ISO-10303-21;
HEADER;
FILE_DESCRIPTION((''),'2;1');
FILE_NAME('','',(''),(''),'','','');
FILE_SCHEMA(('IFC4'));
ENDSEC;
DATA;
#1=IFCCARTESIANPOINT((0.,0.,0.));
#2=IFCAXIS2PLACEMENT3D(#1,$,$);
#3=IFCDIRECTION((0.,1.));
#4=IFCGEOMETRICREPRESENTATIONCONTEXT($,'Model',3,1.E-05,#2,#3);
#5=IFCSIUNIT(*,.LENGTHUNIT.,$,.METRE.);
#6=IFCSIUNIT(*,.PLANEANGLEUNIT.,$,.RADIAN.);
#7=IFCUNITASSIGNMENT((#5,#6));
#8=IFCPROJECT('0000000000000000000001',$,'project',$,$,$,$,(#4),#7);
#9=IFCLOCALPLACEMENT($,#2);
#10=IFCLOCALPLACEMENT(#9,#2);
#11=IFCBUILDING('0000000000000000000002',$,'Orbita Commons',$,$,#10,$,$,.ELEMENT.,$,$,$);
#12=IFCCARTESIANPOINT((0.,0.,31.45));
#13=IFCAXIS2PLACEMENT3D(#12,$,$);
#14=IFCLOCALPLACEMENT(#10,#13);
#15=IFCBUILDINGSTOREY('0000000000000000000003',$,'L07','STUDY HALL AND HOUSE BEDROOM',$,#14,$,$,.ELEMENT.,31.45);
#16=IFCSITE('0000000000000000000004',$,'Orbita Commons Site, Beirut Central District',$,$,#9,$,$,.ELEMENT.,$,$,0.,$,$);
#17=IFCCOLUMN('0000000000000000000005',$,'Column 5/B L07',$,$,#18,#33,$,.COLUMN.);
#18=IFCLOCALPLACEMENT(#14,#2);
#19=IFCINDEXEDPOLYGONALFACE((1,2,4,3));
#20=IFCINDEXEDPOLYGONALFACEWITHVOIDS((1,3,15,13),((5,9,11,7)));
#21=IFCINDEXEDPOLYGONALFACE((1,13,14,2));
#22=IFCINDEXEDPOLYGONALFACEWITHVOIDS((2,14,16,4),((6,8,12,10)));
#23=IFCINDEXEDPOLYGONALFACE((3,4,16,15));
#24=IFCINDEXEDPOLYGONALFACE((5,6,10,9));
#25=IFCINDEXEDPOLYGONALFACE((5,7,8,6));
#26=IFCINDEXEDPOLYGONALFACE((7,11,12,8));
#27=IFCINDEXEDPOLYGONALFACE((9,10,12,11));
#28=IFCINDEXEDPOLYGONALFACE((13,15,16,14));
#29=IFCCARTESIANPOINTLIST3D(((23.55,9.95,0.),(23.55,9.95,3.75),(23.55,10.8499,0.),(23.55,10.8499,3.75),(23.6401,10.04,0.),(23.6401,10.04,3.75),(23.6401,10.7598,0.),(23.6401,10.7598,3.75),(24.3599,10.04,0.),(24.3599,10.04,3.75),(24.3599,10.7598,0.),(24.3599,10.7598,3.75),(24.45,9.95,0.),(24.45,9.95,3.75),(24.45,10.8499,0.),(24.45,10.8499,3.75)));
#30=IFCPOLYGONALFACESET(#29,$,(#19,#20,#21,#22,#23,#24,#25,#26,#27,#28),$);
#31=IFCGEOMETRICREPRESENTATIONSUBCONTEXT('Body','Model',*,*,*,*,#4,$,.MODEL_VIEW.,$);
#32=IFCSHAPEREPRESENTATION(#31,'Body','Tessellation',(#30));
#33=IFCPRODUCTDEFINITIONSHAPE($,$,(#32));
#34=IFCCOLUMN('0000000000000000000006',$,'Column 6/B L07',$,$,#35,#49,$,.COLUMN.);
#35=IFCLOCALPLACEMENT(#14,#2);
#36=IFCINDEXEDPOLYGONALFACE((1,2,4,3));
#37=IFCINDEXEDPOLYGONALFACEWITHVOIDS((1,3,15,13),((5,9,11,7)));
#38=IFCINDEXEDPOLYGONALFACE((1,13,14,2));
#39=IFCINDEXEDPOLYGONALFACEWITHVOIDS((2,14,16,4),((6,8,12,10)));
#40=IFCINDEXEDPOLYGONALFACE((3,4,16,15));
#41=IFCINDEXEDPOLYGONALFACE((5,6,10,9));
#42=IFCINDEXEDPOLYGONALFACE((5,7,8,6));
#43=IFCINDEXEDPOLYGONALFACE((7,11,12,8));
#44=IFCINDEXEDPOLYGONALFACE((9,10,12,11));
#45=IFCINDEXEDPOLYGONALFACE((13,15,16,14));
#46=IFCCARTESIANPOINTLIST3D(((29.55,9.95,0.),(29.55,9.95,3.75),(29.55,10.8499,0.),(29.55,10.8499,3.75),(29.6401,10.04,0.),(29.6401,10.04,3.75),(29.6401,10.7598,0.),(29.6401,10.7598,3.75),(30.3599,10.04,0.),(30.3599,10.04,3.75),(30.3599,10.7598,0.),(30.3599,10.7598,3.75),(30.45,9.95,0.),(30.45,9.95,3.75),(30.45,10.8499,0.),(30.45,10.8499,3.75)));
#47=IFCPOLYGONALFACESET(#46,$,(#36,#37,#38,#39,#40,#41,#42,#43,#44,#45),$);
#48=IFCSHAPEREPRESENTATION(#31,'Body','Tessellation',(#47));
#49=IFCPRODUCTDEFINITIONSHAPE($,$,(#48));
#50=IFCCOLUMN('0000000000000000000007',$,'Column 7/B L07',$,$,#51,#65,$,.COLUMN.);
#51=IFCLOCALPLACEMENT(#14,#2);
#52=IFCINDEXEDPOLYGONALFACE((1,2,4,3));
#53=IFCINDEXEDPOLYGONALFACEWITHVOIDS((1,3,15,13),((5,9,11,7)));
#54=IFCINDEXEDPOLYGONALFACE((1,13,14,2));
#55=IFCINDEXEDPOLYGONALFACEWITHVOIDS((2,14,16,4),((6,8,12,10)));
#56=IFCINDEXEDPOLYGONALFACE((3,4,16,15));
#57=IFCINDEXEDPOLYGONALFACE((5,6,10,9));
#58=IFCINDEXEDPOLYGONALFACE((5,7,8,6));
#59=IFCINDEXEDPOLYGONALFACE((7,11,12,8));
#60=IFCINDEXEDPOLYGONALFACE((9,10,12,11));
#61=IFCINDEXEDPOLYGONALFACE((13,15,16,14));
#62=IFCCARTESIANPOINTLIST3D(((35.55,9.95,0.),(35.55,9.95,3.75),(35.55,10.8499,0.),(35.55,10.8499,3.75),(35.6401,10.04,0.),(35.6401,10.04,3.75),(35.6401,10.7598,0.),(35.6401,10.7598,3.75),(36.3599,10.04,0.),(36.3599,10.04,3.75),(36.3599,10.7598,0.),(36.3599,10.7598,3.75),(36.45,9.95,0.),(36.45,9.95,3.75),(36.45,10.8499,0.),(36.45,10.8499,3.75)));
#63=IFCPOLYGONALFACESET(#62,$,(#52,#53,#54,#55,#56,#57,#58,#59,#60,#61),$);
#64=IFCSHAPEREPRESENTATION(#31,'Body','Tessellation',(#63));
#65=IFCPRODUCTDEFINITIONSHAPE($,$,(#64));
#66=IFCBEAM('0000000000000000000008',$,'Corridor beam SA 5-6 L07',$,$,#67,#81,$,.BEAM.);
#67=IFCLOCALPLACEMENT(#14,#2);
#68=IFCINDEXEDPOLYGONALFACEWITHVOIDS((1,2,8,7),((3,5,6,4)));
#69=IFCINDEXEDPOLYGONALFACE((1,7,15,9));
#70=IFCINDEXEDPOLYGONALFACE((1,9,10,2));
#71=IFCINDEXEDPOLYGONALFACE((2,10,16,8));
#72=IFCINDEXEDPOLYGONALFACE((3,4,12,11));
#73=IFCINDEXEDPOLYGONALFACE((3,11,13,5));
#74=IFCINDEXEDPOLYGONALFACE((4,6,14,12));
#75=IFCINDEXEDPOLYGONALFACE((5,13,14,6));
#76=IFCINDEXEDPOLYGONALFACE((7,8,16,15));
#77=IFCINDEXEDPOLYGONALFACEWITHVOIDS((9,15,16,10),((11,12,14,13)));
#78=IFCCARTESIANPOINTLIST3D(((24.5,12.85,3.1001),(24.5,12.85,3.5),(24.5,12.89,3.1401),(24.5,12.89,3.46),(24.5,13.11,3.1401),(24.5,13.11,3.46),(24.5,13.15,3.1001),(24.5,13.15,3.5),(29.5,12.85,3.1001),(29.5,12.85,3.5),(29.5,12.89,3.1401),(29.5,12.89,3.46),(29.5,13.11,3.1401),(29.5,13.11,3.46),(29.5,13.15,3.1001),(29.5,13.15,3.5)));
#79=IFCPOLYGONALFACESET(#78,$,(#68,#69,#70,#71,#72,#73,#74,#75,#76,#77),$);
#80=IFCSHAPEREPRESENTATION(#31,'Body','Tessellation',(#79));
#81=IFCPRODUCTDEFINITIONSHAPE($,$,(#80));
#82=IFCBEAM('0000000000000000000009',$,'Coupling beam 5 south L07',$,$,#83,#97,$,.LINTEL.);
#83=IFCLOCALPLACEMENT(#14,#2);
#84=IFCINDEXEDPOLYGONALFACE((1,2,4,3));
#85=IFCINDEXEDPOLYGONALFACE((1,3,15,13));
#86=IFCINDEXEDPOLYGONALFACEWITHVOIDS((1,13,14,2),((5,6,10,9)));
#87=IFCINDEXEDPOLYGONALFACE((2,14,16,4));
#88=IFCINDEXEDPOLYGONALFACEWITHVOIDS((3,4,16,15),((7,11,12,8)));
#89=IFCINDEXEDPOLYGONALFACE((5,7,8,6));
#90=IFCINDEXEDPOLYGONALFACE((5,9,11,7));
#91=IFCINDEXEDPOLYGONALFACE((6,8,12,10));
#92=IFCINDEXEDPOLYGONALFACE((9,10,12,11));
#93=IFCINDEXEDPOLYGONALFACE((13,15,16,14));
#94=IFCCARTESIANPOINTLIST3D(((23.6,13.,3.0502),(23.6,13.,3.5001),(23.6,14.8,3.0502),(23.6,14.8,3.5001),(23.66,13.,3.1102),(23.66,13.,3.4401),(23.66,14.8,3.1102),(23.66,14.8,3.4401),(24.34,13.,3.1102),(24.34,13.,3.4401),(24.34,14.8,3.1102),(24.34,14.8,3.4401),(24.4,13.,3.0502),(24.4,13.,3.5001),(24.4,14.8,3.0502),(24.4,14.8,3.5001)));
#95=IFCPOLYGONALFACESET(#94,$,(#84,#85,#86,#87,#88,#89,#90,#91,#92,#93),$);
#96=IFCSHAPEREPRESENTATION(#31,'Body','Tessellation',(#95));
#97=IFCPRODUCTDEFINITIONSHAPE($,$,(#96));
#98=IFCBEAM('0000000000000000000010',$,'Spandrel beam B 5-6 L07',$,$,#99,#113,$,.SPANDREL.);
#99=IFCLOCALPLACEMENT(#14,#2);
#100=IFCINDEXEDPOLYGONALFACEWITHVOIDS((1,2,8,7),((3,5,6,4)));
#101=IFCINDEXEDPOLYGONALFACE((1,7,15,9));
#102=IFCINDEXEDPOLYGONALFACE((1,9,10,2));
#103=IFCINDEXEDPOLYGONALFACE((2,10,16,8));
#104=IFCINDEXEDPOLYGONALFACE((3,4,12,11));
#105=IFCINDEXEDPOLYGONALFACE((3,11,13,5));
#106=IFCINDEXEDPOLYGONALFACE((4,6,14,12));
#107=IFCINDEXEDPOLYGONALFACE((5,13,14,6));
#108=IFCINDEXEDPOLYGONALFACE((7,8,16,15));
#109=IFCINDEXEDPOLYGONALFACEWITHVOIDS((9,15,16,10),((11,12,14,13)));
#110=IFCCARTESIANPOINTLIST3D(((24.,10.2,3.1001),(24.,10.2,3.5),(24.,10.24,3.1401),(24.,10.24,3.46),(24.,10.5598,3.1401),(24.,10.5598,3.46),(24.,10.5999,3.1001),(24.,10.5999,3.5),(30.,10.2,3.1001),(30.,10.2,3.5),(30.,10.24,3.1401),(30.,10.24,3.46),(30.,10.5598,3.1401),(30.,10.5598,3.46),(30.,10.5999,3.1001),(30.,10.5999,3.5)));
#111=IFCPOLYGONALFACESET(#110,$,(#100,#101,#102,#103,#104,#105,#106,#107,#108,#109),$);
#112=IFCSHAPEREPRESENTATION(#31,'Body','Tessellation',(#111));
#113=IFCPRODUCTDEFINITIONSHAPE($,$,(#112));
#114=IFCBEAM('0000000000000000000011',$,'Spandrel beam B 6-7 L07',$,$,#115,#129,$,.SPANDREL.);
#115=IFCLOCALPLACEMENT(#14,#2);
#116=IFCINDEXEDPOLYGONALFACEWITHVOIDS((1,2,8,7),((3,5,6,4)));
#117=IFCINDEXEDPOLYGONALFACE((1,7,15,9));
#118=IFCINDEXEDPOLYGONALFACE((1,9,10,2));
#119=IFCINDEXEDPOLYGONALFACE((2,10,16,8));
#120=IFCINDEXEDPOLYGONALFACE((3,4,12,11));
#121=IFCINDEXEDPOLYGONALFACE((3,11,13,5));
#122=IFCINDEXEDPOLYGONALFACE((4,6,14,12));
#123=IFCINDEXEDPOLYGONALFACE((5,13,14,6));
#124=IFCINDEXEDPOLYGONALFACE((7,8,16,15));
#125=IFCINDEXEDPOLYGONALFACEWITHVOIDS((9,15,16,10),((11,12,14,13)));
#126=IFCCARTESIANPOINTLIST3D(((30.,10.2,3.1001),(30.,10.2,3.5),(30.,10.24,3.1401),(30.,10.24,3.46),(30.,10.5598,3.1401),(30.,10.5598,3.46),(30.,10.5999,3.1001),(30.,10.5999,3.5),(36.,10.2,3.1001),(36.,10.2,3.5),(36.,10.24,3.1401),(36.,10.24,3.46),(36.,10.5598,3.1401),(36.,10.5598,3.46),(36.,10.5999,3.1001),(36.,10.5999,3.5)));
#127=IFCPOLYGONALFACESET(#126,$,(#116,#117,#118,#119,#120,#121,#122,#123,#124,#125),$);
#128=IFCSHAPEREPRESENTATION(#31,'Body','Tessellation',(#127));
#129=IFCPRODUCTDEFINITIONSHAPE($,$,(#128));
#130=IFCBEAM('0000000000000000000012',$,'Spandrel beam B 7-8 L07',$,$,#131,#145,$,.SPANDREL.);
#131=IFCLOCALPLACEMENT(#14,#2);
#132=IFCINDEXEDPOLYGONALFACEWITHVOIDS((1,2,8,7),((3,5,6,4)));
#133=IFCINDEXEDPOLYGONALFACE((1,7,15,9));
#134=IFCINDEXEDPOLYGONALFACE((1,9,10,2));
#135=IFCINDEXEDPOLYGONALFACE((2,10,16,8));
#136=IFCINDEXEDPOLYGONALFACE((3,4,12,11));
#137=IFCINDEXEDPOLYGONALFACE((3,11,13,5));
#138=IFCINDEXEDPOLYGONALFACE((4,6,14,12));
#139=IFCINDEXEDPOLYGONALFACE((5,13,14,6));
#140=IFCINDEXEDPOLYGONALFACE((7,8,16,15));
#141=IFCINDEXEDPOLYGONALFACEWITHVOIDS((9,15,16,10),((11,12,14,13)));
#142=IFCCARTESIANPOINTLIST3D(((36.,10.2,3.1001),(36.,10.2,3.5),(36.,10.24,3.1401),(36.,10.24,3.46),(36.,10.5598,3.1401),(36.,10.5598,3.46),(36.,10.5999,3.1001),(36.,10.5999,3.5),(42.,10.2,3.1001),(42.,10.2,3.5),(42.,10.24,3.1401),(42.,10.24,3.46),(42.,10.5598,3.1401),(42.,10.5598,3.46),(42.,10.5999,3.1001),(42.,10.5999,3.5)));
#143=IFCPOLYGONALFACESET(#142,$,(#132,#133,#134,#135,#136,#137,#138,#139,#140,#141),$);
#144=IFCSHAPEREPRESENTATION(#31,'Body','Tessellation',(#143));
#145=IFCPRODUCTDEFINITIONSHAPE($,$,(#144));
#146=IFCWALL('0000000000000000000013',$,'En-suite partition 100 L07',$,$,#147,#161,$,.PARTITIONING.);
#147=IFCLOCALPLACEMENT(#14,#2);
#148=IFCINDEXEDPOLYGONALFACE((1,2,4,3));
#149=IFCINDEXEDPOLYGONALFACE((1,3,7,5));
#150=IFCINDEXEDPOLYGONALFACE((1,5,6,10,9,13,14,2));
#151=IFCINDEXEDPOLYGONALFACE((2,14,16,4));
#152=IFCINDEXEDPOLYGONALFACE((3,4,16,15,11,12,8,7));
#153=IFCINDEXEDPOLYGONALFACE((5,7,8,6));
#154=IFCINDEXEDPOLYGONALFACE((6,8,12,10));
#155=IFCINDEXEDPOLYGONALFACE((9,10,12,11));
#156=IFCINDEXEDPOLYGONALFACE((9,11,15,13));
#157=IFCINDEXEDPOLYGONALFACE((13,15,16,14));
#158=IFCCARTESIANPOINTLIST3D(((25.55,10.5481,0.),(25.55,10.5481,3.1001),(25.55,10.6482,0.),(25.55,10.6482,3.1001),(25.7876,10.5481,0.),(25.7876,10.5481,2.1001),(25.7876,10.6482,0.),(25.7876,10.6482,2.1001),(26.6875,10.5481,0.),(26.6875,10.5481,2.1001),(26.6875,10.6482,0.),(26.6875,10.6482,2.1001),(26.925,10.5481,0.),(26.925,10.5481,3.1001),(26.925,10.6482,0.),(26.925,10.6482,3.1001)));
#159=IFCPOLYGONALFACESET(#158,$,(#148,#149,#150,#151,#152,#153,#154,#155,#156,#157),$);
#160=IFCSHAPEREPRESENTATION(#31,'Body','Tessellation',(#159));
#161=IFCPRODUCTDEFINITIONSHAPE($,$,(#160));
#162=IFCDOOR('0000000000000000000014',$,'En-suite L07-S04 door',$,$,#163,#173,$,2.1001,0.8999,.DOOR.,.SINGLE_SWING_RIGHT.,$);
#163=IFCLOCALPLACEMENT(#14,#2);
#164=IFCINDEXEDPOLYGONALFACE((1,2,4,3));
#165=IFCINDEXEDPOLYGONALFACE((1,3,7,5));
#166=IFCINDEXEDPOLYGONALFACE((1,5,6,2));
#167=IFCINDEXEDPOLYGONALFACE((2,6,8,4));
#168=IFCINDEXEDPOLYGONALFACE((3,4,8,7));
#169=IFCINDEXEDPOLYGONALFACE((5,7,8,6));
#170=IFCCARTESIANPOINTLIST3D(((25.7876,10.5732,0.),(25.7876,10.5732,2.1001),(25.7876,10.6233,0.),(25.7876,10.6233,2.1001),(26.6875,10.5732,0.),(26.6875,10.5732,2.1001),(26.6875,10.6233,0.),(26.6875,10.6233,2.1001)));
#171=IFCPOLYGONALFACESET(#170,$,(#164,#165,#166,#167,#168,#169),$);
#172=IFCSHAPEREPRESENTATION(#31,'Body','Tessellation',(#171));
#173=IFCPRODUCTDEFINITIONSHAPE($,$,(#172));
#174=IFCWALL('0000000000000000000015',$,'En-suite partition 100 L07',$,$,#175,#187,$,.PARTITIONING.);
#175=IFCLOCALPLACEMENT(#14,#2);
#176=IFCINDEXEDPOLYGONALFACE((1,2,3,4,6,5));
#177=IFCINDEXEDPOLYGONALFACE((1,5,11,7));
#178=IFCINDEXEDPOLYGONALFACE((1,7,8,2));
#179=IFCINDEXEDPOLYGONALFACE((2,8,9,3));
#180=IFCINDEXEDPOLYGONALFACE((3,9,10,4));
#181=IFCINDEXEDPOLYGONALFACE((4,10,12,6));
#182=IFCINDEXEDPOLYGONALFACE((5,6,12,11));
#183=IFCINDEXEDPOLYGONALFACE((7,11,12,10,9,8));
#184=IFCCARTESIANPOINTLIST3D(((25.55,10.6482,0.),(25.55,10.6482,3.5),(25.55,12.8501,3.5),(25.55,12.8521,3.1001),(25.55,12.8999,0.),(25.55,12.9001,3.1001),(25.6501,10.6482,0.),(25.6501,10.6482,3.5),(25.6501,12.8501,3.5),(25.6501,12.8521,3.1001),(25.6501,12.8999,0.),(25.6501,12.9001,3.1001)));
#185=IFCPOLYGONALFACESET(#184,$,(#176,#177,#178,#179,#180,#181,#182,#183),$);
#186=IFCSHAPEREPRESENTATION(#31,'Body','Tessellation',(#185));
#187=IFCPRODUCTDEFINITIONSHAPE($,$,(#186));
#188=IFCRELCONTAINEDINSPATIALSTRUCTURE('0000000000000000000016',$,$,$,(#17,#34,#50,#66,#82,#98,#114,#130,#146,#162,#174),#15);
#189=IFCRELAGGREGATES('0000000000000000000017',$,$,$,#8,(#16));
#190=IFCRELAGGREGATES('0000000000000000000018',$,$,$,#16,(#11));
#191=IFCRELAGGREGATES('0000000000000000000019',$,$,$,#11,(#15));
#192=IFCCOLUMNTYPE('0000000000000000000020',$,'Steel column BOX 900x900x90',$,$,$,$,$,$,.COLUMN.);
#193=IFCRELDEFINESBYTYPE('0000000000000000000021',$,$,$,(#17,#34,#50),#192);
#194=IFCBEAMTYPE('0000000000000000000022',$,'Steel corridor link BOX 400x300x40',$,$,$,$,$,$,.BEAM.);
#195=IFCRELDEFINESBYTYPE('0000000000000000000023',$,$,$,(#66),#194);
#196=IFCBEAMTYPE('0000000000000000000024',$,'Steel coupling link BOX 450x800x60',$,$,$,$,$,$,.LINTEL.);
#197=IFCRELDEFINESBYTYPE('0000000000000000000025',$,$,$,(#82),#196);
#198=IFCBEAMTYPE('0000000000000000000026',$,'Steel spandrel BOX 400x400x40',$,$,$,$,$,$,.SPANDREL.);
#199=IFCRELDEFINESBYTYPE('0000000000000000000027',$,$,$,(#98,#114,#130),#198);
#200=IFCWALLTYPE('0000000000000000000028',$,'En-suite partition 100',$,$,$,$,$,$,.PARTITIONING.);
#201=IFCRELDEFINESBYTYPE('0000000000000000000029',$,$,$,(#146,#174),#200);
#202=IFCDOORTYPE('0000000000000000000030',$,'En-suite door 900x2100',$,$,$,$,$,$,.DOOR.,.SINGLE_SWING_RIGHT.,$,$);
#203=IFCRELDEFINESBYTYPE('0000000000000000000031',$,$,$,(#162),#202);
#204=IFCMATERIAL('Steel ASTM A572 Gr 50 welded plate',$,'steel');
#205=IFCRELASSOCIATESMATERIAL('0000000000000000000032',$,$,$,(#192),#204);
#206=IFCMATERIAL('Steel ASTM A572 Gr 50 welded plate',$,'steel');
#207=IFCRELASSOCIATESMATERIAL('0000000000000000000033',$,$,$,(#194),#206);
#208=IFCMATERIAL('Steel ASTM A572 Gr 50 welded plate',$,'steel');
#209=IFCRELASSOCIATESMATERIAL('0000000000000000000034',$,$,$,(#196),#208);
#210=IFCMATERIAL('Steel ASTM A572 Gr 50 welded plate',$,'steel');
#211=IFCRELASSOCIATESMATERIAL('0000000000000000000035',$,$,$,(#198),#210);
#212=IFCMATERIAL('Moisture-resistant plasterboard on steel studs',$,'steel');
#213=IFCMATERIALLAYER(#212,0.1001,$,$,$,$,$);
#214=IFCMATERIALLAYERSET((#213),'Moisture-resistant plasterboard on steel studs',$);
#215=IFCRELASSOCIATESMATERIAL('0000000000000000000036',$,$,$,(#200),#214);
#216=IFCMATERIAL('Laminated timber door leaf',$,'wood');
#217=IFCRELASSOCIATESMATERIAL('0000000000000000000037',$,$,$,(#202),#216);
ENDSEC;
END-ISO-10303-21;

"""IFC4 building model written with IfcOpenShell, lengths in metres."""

from ifc_helpers import new_model, si_unit, direction, frame, frame_2d, origin, origin_2d, place, context, subcontext, project, spatial, polyline, rectangle, hollow_rectangle, outline, extrude, material, layer, layer_set, material_profile, profile_set, type_object, element, fill, save


model = new_model("IFC4")

# Units and contexts
model_context = context("Model", 3, precision=1e-05, world=origin(), true_north=direction((0.0, 1.0)))
body_context = subcontext(model_context, "Body", "Model", "MODEL_VIEW")
ifc_project = project(units=[si_unit("LENGTHUNIT", "METRE"), si_unit("PLANEANGLEUNIT", "RADIAN")], contexts=[model_context])

# Site, building, storey
site_placement = place(None, origin())
site = spatial("IfcSite", under=ifc_project, at=site_placement, Name="Orbita Commons Site, Beirut Central District", CompositionType="ELEMENT", RefElevation=0.0)
building_placement = place(site_placement, origin())
building = spatial("IfcBuilding", under=site, at=building_placement, Name="Orbita Commons", CompositionType="ELEMENT")
storey_placement = place(building_placement, frame((0.0, 0.0, 31.45)))
storey = spatial("IfcBuildingStorey", under=building, at=storey_placement, Name="L07", Description="STUDY HALL AND HOUSE BEDROOM", CompositionType="ELEMENT", Elevation=31.45)

# Columns
ifc_material_1 = material(Name="Steel ASTM A572 Gr 50 welded plate", Category="steel")
ifc_material_profile_1 = material_profile(ifc_material_1, hollow_rectangle(XDim=0.8999, YDim=0.8999, WallThickness=0.0901, at=origin_2d()), Name="BOX 900x900x90")
ifc_profile_set_1 = profile_set([ifc_material_profile_1], Name="Steel ASTM A572 Gr 50 welded plate")
column_type = type_object("IfcColumnType", Name="Steel column BOX 900x900x90", PredefinedType="COLUMN", material=ifc_profile_set_1)
for number, where, z_axis, x_axis, name in (
    (1, (24.0, 10.3999, 0.0), (0.0, 0.0, 1.0), (1.0, 0.0, 0.0), "Column 5/B L07"),
    (2, (30.0, 10.3999, 0.0), (0.0, 0.0, 1.0), (1.0, 0.0, 0.0), "Column 6/B L07"),
    (3, (36.0, 10.3999, 0.0), (0.0, 0.0, 1.0), (1.0, 0.0, 0.0), "Column 7/B L07"),
):
    element("IfcColumn", number, at=place(storey_placement, frame(where, z_axis=z_axis, x_axis=x_axis)), inside=storey, type_object=column_type, Name=name, PredefinedType="COLUMN", context=body_context, shape_type="SweptSolid", body=[
        extrude(hollow_rectangle(XDim=0.8999, YDim=0.8999, WallThickness=0.0901, at=origin_2d()), origin(), (0.0, 0.0, 1.0), 3.75),
    ])

# Beams
ifc_material_2 = material(Name="Steel ASTM A572 Gr 50 welded plate", Category="steel")
ifc_material_profile_2 = material_profile(ifc_material_2, hollow_rectangle(XDim=0.3, YDim=0.3999, WallThickness=0.04, at=origin_2d()), Name="BOX 400x300x40")
ifc_profile_set_2 = profile_set([ifc_material_profile_2], Name="Steel ASTM A572 Gr 50 welded plate")
beam_type_1 = type_object("IfcBeamType", Name="Steel corridor link BOX 400x300x40", PredefinedType="BEAM", material=ifc_profile_set_2)
beam_1_placement = place(storey_placement, frame((24.5, 13.0, 3.3), z_axis=(1.0, 0.0, 0.0), x_axis=(0.0, 1.0, 0.0)))
element("IfcBeam", 4, at=beam_1_placement, inside=storey, type_object=beam_type_1, Name="Corridor beam SA 5-6 L07", PredefinedType="BEAM", context=body_context, shape_type="SweptSolid", body=[
    extrude(hollow_rectangle(XDim=0.3, YDim=0.3999, WallThickness=0.04, at=origin_2d()), origin(), (0.0, 0.0, 1.0), 5.0),
])
ifc_material_3 = material(Name="Steel ASTM A572 Gr 50 welded plate", Category="steel")
ifc_material_profile_3 = material_profile(ifc_material_3, hollow_rectangle(XDim=0.8, YDim=0.45, WallThickness=0.0601, at=origin_2d()), Name="BOX 450x800x60")
ifc_profile_set_3 = profile_set([ifc_material_profile_3], Name="Steel ASTM A572 Gr 50 welded plate")
beam_type_2 = type_object("IfcBeamType", Name="Steel coupling link BOX 450x800x60", PredefinedType="LINTEL", material=ifc_profile_set_3)
beam_2_placement = place(storey_placement, frame((24.0, 13.0, 3.2751), z_axis=(0.0, 1.0, 0.0), x_axis=(-1.0, 0.0, 0.0)))
element("IfcBeam", 5, at=beam_2_placement, inside=storey, type_object=beam_type_2, Name="Coupling beam 5 south L07", PredefinedType="LINTEL", context=body_context, shape_type="SweptSolid", body=[
    extrude(hollow_rectangle(XDim=0.8, YDim=0.45, WallThickness=0.0601, at=origin_2d()), origin(), (0.0, 0.0, 1.0), 1.8),
])
ifc_material_4 = material(Name="Steel ASTM A572 Gr 50 welded plate", Category="steel")
ifc_material_profile_4 = material_profile(ifc_material_4, hollow_rectangle(XDim=0.3999, YDim=0.3999, WallThickness=0.04, at=origin_2d()), Name="BOX 400x400x40")
ifc_profile_set_4 = profile_set([ifc_material_profile_4], Name="Steel ASTM A572 Gr 50 welded plate")
beam_type_3 = type_object("IfcBeamType", Name="Steel spandrel BOX 400x400x40", PredefinedType="SPANDREL", material=ifc_profile_set_4)
for number, where, z_axis, x_axis, name in (
    (6, (24.0, 10.3999, 3.3), (1.0, 0.0, 0.0), (0.0, 1.0, 0.0), "Spandrel beam B 5-6 L07"),
    (7, (30.0, 10.3999, 3.3), (1.0, 0.0, 0.0), (0.0, 1.0, 0.0), "Spandrel beam B 6-7 L07"),
    (8, (36.0, 10.3999, 3.3), (1.0, 0.0, 0.0), (0.0, 1.0, 0.0), "Spandrel beam B 7-8 L07"),
):
    element("IfcBeam", number, at=place(storey_placement, frame(where, z_axis=z_axis, x_axis=x_axis)), inside=storey, type_object=beam_type_3, Name=name, PredefinedType="SPANDREL", context=body_context, shape_type="SweptSolid", body=[
        extrude(hollow_rectangle(XDim=0.3999, YDim=0.3999, WallThickness=0.04, at=origin_2d()), origin(), (0.0, 0.0, 1.0), 6.0),
    ])

# Wall, opening, door
ifc_material_5 = material(Name="Moisture-resistant plasterboard on steel studs", Category="steel")
ifc_layer = layer(ifc_material_5, 0.1001)
ifc_layer_set = layer_set([ifc_layer], Name="Moisture-resistant plasterboard on steel studs")
wall_type = type_object("IfcWallType", Name="En-suite partition 100", PredefinedType="PARTITIONING", material=ifc_layer_set)
wall_1_placement = place(storey_placement, frame((26.925, 10.5981, 0.0), z_axis=(0.0, 0.0, 1.0), x_axis=(-1.0, 0.0, 0.0)))
wall_1 = element("IfcWall", 9, at=wall_1_placement, inside=storey, type_object=wall_type, Name="En-suite partition 100 L07", PredefinedType="PARTITIONING", context=body_context, shape_type="SweptSolid", body=[
    extrude(outline(polyline([(0.0, 0.0), (1.375, 0.0), (1.375, 3.1001), (0.0, 3.1001), (0.0, 0.0)])), frame((0.0, 0.05, 0.0), z_axis=(0.0, -1.0, 0.0), x_axis=(1.0, 0.0, 0.0)), (0.0, 0.0, 1.0), 0.1001),
])
opening_1_placement = place(wall_1_placement, frame((0.2375, 0.0, 0.0)))
opening_1 = element("IfcOpeningElement", 10, at=opening_1_placement, cuts=wall_1, PredefinedType="OPENING", context=body_context, shape_type="SweptSolid", body=[
    extrude(rectangle(XDim=0.8999, YDim=2.1001, at=frame_2d((0.45, 1.05))), frame((0.0, 0.0601, 0.0), z_axis=(0.0, -1.0, 0.0), x_axis=(1.0, 0.0, 0.0)), (0.0, 0.0, 1.0), 0.1201),
])
ifc_material_6 = material(Name="Laminated timber door leaf", Category="wood")
door_type = type_object("IfcDoorType", Name="En-suite door 900x2100", OperationType="SINGLE_SWING_RIGHT", PredefinedType="DOOR", material=ifc_material_6)
door_1_placement = place(opening_1_placement, origin())
door_1 = element("IfcDoor", 11, at=door_1_placement, inside=storey, type_object=door_type, Name="En-suite L07-S04 door", OperationType="SINGLE_SWING_RIGHT", OverallHeight=2.1001, OverallWidth=0.8999, PredefinedType="DOOR", context=body_context, shape_type="SweptSolid", body=[
    extrude(rectangle(XDim=0.8999, YDim=2.1001, at=frame_2d((0.45, 1.05))), frame((0.0, 0.0249, 0.0), z_axis=(0.0, -1.0, 0.0), x_axis=(1.0, 0.0, 0.0)), (0.0, 0.0, 1.0), 0.05),
])
fill(opening_1, door_1)

# Wall
wall_2_placement = place(storey_placement, frame((25.6001, 10.6482, 0.0), z_axis=(0.0, 0.0, 1.0), x_axis=(0.0, 1.0, 0.0)))
element("IfcWall", 12, at=wall_2_placement, inside=storey, type_object=wall_type, Name="En-suite partition 100 L07", PredefinedType="PARTITIONING", context=body_context, shape_type="SweptSolid", body=[
    extrude(outline(polyline([(0.0, 0.0), (2.2517, 0.0), (2.252, 3.1001), (2.2039, 3.1001), (2.2019, 3.5), (0.0, 3.5), (0.0, 0.0)])), frame((0.0, 0.05, 0.0), z_axis=(0.0, -1.0, 0.0), x_axis=(1.0, 0.0, 0.0)), (0.0, 0.0, 1.0), 0.1001),
])

save(model, "model.ifc")
